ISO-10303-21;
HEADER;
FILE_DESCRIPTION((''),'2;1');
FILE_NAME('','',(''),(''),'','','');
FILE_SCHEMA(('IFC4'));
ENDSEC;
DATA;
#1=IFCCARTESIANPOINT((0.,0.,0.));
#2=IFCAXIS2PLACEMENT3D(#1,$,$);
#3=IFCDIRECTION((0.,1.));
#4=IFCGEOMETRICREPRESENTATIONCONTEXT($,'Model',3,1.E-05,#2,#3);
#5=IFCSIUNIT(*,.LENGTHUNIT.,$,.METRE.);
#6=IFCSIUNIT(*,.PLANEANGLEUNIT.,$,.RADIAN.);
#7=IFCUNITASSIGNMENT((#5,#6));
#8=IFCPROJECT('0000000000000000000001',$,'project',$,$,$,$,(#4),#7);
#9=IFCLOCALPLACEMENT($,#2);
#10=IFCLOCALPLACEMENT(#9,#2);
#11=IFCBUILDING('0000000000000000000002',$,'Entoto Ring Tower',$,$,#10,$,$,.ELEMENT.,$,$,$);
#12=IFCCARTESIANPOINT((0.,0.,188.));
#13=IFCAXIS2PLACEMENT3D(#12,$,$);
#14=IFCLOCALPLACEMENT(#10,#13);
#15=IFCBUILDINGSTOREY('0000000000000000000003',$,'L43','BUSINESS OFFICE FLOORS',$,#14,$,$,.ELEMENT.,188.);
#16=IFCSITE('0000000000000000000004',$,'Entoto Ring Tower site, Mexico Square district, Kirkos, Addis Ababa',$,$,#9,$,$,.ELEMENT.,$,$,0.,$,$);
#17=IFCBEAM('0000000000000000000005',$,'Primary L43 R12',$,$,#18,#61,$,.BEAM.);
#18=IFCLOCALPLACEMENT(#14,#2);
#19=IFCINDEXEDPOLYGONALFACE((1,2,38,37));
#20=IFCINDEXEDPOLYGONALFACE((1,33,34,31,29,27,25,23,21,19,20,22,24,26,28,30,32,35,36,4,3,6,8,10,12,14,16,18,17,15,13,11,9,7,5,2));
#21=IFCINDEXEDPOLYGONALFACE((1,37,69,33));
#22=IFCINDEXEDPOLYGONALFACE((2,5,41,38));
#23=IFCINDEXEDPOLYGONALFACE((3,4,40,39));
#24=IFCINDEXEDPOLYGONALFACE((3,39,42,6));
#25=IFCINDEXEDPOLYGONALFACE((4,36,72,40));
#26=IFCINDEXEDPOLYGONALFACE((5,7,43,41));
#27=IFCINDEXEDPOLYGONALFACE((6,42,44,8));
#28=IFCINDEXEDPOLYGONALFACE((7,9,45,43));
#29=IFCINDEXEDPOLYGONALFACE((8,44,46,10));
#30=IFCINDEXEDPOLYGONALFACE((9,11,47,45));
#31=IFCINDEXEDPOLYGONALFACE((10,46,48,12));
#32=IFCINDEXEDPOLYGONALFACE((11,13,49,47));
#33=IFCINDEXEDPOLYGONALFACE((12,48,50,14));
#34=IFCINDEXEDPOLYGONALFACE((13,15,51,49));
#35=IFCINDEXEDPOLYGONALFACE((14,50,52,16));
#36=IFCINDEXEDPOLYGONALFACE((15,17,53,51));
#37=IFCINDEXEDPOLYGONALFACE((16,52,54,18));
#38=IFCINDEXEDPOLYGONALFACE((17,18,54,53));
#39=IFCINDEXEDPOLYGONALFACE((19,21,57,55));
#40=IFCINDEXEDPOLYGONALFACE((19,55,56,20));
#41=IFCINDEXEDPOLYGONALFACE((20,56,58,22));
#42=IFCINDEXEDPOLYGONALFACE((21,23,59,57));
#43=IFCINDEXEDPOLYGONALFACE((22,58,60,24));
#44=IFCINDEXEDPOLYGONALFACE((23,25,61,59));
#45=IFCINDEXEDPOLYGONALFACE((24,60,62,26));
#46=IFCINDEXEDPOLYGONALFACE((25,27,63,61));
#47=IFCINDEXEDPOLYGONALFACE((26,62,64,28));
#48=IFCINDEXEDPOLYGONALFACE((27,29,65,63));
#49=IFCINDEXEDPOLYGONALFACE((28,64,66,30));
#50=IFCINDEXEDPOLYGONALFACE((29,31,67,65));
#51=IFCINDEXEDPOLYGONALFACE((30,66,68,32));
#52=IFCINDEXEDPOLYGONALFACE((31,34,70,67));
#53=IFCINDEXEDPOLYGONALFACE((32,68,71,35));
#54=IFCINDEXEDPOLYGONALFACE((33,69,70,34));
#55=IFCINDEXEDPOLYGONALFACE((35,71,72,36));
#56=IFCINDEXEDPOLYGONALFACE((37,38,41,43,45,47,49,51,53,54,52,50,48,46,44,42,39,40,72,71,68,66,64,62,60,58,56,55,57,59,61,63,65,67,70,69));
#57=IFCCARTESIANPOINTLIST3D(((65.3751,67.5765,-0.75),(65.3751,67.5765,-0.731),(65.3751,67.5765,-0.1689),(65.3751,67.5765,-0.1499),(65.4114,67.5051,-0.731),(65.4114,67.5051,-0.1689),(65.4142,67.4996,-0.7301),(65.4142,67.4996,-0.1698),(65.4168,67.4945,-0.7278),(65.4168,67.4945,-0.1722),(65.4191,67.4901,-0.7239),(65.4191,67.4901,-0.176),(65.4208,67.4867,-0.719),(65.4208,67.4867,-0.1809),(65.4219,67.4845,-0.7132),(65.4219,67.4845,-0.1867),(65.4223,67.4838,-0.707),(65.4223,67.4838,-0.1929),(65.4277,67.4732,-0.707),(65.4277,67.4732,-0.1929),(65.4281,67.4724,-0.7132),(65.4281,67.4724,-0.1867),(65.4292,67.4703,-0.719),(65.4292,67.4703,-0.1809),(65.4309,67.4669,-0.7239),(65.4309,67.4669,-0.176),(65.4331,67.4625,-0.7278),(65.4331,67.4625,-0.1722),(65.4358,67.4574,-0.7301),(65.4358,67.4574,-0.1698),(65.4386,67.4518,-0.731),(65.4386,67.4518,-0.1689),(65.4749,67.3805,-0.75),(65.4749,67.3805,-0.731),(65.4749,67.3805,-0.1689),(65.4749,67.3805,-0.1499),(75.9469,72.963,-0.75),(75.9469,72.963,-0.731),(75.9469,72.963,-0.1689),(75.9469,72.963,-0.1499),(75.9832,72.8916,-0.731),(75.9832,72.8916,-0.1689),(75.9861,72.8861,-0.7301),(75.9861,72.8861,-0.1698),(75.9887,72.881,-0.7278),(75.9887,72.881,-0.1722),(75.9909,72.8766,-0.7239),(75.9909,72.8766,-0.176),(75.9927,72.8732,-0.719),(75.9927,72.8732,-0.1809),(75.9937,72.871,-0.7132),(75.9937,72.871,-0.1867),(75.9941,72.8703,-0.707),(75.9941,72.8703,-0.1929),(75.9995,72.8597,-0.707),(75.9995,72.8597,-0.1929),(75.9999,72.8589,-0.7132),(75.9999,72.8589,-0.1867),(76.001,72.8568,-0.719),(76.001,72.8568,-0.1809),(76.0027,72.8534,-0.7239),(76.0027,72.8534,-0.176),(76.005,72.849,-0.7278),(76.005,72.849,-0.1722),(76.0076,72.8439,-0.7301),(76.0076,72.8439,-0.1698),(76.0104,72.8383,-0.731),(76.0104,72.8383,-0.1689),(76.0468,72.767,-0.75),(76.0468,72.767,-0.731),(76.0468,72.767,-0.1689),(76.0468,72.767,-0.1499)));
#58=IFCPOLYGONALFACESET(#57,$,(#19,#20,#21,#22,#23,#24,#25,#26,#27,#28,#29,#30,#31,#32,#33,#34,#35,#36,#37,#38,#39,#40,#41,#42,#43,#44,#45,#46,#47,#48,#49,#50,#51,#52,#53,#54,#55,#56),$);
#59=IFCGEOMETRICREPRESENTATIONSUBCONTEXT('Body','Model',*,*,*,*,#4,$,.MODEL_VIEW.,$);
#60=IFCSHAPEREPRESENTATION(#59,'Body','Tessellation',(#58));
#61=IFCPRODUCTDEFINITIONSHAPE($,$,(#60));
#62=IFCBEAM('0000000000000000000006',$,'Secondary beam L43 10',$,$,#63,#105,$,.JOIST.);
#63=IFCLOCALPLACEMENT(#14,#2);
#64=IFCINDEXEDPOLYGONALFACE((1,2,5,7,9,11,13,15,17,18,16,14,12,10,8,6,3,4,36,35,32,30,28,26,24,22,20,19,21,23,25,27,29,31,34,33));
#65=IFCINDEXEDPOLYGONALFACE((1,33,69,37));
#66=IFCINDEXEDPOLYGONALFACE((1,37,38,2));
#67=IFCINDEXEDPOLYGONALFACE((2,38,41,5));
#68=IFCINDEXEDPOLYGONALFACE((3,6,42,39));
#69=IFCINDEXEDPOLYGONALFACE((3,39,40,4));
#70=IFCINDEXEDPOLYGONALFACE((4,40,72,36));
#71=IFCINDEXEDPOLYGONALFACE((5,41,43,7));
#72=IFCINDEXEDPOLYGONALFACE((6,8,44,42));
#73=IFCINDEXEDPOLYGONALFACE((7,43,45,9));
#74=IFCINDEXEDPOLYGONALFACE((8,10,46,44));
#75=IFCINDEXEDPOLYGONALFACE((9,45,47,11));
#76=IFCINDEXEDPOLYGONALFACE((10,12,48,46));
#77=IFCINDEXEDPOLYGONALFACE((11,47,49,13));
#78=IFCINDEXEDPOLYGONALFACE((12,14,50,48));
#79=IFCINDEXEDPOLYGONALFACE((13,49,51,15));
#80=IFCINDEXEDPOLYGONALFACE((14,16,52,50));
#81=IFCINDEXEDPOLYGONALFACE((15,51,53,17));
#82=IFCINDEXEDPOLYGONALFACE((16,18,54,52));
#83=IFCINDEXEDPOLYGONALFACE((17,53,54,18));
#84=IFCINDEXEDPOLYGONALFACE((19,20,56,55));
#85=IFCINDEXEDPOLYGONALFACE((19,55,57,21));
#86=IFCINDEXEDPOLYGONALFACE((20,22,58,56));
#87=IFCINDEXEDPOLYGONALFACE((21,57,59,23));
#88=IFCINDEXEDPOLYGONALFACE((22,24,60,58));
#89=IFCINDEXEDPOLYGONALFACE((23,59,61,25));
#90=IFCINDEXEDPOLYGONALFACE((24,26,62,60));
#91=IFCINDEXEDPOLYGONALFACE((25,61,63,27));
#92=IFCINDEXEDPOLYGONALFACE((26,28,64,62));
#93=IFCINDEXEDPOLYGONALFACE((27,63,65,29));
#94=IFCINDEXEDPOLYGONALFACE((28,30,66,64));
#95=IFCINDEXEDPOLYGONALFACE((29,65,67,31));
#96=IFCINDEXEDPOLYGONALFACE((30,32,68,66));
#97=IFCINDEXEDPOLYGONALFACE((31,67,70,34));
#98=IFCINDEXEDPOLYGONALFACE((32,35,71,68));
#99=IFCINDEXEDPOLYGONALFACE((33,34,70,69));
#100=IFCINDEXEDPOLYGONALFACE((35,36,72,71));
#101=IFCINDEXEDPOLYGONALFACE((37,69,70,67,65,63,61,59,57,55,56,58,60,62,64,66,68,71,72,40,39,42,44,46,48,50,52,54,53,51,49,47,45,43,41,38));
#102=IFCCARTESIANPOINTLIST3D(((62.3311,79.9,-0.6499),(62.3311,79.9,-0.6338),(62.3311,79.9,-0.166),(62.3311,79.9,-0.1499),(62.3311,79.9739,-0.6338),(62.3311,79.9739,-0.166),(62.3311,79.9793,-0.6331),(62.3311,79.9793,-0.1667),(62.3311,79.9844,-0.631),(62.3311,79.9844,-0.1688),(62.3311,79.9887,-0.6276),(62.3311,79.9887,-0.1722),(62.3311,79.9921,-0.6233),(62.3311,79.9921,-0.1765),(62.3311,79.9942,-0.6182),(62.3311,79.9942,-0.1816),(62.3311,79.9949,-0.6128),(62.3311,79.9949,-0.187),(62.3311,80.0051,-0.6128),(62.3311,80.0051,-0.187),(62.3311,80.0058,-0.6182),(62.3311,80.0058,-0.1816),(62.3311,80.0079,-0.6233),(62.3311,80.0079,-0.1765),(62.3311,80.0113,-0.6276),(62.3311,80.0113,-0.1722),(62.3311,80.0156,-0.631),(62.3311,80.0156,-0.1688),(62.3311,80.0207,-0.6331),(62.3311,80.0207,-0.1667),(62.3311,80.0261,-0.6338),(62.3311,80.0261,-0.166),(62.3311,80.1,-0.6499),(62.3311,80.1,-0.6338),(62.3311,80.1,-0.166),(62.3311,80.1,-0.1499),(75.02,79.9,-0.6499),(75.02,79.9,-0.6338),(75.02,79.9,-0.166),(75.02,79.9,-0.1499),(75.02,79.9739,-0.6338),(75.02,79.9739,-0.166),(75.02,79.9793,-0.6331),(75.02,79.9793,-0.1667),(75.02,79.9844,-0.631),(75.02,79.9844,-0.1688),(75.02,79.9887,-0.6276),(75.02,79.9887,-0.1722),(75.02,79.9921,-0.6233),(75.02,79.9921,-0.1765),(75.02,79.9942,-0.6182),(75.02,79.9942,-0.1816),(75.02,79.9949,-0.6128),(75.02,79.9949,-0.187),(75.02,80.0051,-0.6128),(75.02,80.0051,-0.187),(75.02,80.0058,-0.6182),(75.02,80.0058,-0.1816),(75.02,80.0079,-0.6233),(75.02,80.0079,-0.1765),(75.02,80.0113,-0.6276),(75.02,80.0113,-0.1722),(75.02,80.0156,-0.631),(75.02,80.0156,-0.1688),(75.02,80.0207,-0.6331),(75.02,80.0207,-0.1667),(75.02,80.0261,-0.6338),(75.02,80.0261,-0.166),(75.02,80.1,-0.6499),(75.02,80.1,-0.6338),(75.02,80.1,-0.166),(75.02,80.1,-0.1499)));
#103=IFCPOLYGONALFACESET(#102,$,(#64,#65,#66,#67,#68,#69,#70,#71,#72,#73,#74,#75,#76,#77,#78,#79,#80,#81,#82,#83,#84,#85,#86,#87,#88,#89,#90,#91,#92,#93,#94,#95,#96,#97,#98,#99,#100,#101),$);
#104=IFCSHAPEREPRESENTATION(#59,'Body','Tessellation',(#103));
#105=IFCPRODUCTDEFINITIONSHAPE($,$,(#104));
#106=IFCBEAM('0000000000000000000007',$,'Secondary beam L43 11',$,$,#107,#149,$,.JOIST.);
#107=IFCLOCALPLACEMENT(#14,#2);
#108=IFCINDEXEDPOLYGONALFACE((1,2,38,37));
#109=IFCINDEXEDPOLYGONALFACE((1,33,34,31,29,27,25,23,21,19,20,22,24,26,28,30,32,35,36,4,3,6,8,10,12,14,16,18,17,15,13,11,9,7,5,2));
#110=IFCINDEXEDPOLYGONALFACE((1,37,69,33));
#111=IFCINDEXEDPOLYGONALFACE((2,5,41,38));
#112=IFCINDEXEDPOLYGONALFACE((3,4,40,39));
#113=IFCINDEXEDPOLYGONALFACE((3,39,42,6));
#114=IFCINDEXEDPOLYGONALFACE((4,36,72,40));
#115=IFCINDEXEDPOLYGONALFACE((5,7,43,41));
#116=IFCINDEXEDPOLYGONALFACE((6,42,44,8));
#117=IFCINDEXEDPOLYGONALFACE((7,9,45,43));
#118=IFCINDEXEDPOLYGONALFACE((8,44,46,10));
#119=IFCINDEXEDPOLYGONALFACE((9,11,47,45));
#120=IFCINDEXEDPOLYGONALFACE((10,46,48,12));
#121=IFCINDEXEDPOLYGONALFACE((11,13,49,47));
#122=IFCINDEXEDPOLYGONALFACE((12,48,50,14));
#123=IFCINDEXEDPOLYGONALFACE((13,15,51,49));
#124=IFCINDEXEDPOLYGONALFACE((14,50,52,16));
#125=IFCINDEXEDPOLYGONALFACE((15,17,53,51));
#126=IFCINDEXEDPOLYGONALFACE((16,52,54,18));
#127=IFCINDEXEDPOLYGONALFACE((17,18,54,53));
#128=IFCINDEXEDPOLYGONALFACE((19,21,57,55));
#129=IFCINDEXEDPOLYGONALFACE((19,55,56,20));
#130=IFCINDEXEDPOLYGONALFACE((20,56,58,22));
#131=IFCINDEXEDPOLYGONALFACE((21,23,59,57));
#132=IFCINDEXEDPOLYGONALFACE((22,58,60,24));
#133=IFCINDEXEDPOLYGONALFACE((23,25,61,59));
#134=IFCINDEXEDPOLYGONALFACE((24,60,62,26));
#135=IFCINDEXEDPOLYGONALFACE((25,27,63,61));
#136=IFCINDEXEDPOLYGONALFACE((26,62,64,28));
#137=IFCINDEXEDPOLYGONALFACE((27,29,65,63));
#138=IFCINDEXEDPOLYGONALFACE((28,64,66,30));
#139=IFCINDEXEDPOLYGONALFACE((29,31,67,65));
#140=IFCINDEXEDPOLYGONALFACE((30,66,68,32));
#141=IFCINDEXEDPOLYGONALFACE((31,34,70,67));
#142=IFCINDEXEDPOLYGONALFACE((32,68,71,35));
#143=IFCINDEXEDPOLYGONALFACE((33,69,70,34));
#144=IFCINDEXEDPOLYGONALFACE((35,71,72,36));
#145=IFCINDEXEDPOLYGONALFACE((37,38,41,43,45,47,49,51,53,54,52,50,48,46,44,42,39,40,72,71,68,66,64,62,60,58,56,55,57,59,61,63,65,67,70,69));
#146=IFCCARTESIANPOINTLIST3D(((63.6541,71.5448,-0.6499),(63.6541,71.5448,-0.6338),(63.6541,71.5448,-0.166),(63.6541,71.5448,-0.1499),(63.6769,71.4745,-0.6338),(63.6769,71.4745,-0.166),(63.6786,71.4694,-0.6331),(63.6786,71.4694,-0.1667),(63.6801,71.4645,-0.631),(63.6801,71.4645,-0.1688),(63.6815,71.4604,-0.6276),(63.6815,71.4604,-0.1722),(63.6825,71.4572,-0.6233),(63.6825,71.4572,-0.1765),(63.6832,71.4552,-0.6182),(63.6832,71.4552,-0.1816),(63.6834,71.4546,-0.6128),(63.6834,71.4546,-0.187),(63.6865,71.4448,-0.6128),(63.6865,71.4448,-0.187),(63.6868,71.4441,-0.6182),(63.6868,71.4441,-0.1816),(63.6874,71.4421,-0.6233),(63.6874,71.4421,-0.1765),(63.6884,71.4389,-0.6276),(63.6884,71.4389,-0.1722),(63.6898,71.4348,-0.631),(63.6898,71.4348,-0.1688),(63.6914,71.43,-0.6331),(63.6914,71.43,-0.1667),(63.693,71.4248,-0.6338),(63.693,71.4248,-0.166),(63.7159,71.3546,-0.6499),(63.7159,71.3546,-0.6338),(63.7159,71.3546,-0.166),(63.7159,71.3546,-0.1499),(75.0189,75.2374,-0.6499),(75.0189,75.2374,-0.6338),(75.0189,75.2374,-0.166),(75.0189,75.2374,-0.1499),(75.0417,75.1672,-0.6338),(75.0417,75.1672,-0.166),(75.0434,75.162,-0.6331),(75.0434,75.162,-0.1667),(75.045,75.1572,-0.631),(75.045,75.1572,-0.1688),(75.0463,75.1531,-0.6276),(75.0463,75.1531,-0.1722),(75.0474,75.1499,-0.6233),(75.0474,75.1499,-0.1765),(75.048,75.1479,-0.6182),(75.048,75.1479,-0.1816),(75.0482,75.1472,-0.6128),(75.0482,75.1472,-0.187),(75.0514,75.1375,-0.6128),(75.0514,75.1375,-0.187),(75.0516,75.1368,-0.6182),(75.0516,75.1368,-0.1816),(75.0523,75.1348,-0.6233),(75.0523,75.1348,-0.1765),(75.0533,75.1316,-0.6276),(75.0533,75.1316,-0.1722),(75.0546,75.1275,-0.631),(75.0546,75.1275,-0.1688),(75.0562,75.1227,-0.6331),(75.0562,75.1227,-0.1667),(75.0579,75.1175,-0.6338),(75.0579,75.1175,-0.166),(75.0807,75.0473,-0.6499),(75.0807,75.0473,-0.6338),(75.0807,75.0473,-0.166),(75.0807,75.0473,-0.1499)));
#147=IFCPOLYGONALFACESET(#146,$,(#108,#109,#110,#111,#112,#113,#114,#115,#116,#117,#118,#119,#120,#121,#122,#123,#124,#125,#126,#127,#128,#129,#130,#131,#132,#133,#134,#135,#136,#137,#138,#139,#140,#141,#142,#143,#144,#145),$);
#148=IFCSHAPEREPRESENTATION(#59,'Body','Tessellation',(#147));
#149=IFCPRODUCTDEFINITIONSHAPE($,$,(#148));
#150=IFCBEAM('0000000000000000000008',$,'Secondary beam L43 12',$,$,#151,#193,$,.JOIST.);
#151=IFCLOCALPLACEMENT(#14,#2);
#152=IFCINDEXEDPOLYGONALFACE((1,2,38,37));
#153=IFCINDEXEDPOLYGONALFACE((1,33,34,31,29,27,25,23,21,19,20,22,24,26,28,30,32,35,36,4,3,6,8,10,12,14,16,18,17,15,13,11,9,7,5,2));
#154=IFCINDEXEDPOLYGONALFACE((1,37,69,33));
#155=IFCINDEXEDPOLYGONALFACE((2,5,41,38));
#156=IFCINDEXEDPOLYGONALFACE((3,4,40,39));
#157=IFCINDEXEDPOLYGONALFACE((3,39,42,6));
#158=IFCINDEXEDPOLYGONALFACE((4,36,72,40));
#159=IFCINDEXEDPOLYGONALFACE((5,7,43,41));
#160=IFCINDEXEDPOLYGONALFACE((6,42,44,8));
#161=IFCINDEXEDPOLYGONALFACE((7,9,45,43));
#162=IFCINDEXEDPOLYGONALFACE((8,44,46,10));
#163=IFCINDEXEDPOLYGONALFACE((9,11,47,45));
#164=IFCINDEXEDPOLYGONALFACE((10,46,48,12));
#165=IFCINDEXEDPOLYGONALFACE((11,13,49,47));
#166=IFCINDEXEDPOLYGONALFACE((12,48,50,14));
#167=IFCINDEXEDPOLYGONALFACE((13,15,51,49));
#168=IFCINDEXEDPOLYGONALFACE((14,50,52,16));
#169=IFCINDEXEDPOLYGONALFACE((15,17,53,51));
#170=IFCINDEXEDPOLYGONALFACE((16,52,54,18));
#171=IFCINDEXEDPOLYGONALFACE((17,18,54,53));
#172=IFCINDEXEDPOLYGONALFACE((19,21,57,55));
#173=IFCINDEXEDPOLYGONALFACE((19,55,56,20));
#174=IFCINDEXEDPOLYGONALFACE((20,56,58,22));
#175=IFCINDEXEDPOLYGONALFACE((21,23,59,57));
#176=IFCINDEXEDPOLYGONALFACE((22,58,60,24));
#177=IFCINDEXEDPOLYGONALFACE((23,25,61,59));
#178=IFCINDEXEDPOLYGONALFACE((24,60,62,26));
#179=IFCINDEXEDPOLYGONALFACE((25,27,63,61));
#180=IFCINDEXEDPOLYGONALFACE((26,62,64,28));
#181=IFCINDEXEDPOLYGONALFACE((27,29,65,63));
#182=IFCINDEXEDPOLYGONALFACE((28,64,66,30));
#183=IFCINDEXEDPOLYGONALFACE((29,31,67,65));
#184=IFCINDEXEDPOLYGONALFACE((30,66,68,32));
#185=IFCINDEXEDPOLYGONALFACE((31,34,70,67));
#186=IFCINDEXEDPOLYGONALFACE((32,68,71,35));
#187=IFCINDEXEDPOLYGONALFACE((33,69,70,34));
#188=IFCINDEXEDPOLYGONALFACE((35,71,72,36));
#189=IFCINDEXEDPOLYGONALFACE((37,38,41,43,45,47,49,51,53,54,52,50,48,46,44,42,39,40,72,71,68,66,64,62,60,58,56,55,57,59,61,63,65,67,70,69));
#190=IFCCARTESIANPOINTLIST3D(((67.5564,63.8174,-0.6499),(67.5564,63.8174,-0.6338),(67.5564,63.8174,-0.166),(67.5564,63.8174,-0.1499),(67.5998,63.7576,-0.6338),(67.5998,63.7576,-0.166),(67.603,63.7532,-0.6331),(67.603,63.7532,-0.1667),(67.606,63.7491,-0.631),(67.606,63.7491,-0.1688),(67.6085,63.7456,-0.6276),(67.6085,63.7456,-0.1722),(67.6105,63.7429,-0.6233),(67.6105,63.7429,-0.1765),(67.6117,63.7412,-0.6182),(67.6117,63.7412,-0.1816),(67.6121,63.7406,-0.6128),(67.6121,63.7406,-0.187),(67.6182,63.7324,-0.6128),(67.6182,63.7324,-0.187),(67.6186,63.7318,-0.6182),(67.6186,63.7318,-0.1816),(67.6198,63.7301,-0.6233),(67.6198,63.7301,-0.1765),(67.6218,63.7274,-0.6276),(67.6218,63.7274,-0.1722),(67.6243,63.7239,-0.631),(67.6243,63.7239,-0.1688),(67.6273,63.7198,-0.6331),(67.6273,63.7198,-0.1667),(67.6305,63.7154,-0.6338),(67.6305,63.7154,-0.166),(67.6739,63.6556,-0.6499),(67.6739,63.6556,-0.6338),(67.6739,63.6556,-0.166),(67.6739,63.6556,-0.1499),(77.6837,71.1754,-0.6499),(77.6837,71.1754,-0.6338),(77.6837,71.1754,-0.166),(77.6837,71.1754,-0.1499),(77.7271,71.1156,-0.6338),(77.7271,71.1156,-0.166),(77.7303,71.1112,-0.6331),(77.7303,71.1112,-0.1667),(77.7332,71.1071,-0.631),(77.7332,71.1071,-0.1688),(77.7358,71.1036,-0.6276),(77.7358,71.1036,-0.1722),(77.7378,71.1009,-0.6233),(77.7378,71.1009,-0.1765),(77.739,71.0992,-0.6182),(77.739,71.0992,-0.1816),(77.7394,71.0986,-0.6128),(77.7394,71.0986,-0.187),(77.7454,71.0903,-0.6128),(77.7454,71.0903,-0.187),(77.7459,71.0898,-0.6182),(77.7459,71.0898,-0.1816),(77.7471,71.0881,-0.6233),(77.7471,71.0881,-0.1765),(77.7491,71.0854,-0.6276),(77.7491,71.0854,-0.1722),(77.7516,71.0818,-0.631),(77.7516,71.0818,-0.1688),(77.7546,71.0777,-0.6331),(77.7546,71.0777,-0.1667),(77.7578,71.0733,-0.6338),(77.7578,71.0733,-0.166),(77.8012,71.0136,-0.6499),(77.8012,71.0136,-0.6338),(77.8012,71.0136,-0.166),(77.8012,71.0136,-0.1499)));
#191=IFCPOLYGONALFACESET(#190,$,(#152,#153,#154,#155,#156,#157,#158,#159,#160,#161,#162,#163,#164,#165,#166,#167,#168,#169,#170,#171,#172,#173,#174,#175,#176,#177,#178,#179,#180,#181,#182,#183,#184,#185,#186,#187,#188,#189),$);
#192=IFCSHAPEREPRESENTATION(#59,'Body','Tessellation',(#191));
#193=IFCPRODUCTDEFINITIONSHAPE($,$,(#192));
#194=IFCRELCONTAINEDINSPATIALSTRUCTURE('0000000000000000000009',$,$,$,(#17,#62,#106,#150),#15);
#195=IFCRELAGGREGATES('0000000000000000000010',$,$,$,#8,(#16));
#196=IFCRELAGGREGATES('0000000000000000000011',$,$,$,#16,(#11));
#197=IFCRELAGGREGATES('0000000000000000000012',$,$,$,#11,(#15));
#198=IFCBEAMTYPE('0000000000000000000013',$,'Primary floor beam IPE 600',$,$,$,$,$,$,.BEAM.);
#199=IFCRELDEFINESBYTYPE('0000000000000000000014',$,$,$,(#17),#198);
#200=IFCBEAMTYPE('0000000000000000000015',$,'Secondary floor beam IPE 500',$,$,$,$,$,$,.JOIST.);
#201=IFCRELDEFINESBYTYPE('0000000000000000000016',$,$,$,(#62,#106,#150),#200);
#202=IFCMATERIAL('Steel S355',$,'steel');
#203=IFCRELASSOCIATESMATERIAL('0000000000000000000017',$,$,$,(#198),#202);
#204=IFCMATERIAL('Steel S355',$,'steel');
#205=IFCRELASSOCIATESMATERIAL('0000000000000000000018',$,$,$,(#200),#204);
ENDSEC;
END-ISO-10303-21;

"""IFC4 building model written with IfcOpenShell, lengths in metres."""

from ifc_helpers import new_model, si_unit, direction, frame, origin, origin_2d, place, context, subcontext, project, spatial, i_section, extrude, material, material_profile, profile_set, type_object, element, save


model = new_model("IFC4")

# Units and contexts
model_context = context("Model", 3, precision=1e-05, world=origin(), true_north=direction((0.0, 1.0)))
body_context = subcontext(model_context, "Body", "Model", "MODEL_VIEW")
ifc_project = project(units=[si_unit("LENGTHUNIT", "METRE"), si_unit("PLANEANGLEUNIT", "RADIAN")], contexts=[model_context])

# Site, building, storey
site_placement = place(None, origin())
site = spatial("IfcSite", under=ifc_project, at=site_placement, Name="Entoto Ring Tower site, Mexico Square district, Kirkos, Addis Ababa", CompositionType="ELEMENT", RefElevation=0.0)
building_placement = place(site_placement, origin())
building = spatial("IfcBuilding", under=site, at=building_placement, Name="Entoto Ring Tower", CompositionType="ELEMENT")
storey_placement = place(building_placement, frame((0.0, 0.0, 188.0)))
storey = spatial("IfcBuildingStorey", under=building, at=storey_placement, Name="L43", Description="BUSINESS OFFICE FLOORS", CompositionType="ELEMENT", Elevation=188.0)

# Beams
ifc_material_1 = material(Name="Steel S355", Category="steel")
ifc_material_profile_1 = material_profile(ifc_material_1, i_section(OverallWidth=0.22, OverallDepth=0.6001, WebThickness=0.012, FlangeThickness=0.019, FilletRadius=0.0239, at=origin_2d()), Name="IPE 600")
ifc_profile_set_1 = profile_set([ifc_material_profile_1], Name="Steel S355")
beam_type_1 = type_object("IfcBeamType", Name="Primary floor beam IPE 600", PredefinedType="BEAM", material=ifc_profile_set_1)
beam_1_placement = place(storey_placement, frame((75.9968, 72.865, -0.45), z_axis=(-0.89101, -0.453983, 0.0), x_axis=(0.453983, -0.89101, 0.0)))
element("IfcBeam", 1, at=beam_1_placement, inside=storey, type_object=beam_type_1, Name="Primary L43 R12", PredefinedType="BEAM", context=body_context, shape_type="SweptSolid", body=[
    extrude(i_section(OverallWidth=0.22, OverallDepth=0.6001, WebThickness=0.012, FlangeThickness=0.019, FilletRadius=0.0239, at=origin_2d()), origin(), (0.0, 0.0, 1.0), 11.865),
])
ifc_material_2 = material(Name="Steel S355", Category="steel")
ifc_material_profile_2 = material_profile(ifc_material_2, i_section(OverallWidth=0.2, OverallDepth=0.5, WebThickness=0.0103, FlangeThickness=0.0161, FilletRadius=0.021, at=origin_2d()), Name="IPE 500")
ifc_profile_set_2 = profile_set([ifc_material_profile_2], Name="Steel S355")
beam_type_2 = type_object("IfcBeamType", Name="Secondary floor beam IPE 500", PredefinedType="JOIST", material=ifc_profile_set_2)
beam_2_placement = place(storey_placement, frame((75.02, 80.0, -0.3999), z_axis=(-1.0, 0.0, 0.0), x_axis=(0.0, -1.0, 0.0)))
element("IfcBeam", 2, at=beam_2_placement, inside=storey, type_object=beam_type_2, Name="Secondary beam L43 10", PredefinedType="JOIST", context=body_context, shape_type="SweptSolid", body=[
    extrude(i_section(OverallWidth=0.2, OverallDepth=0.5, WebThickness=0.0103, FlangeThickness=0.0161, FilletRadius=0.021, at=origin_2d()), origin(), (0.0, 0.0, 1.0), 12.689),
])
beam_3_placement = place(storey_placement, frame((75.0498, 75.1423, -0.3999), z_axis=(-0.951057, -0.309017, 0.0), x_axis=(0.309017, -0.951057, 0.0)))
element("IfcBeam", 3, at=beam_3_placement, inside=storey, type_object=beam_type_2, Name="Secondary beam L43 11", PredefinedType="JOIST", context=body_context, shape_type="SweptSolid", body=[
    extrude(i_section(OverallWidth=0.2, OverallDepth=0.5, WebThickness=0.0103, FlangeThickness=0.0161, FilletRadius=0.021, at=origin_2d()), origin(), (0.0, 0.0, 1.0), 11.9497),
])
beam_4_placement = place(storey_placement, frame((77.7424, 71.0945, -0.3999), z_axis=(-0.809014, -0.587789, 0.0), x_axis=(0.587789, -0.809014, 0.0)))
element("IfcBeam", 4, at=beam_4_placement, inside=storey, type_object=beam_type_2, Name="Secondary beam L43 12", PredefinedType="JOIST", context=body_context, shape_type="SweptSolid", body=[
    extrude(i_section(OverallWidth=0.2, OverallDepth=0.5, WebThickness=0.0103, FlangeThickness=0.0161, FilletRadius=0.021, at=origin_2d()), origin(), (0.0, 0.0, 1.0), 12.5181),
])

save(model, "model.ifc")
